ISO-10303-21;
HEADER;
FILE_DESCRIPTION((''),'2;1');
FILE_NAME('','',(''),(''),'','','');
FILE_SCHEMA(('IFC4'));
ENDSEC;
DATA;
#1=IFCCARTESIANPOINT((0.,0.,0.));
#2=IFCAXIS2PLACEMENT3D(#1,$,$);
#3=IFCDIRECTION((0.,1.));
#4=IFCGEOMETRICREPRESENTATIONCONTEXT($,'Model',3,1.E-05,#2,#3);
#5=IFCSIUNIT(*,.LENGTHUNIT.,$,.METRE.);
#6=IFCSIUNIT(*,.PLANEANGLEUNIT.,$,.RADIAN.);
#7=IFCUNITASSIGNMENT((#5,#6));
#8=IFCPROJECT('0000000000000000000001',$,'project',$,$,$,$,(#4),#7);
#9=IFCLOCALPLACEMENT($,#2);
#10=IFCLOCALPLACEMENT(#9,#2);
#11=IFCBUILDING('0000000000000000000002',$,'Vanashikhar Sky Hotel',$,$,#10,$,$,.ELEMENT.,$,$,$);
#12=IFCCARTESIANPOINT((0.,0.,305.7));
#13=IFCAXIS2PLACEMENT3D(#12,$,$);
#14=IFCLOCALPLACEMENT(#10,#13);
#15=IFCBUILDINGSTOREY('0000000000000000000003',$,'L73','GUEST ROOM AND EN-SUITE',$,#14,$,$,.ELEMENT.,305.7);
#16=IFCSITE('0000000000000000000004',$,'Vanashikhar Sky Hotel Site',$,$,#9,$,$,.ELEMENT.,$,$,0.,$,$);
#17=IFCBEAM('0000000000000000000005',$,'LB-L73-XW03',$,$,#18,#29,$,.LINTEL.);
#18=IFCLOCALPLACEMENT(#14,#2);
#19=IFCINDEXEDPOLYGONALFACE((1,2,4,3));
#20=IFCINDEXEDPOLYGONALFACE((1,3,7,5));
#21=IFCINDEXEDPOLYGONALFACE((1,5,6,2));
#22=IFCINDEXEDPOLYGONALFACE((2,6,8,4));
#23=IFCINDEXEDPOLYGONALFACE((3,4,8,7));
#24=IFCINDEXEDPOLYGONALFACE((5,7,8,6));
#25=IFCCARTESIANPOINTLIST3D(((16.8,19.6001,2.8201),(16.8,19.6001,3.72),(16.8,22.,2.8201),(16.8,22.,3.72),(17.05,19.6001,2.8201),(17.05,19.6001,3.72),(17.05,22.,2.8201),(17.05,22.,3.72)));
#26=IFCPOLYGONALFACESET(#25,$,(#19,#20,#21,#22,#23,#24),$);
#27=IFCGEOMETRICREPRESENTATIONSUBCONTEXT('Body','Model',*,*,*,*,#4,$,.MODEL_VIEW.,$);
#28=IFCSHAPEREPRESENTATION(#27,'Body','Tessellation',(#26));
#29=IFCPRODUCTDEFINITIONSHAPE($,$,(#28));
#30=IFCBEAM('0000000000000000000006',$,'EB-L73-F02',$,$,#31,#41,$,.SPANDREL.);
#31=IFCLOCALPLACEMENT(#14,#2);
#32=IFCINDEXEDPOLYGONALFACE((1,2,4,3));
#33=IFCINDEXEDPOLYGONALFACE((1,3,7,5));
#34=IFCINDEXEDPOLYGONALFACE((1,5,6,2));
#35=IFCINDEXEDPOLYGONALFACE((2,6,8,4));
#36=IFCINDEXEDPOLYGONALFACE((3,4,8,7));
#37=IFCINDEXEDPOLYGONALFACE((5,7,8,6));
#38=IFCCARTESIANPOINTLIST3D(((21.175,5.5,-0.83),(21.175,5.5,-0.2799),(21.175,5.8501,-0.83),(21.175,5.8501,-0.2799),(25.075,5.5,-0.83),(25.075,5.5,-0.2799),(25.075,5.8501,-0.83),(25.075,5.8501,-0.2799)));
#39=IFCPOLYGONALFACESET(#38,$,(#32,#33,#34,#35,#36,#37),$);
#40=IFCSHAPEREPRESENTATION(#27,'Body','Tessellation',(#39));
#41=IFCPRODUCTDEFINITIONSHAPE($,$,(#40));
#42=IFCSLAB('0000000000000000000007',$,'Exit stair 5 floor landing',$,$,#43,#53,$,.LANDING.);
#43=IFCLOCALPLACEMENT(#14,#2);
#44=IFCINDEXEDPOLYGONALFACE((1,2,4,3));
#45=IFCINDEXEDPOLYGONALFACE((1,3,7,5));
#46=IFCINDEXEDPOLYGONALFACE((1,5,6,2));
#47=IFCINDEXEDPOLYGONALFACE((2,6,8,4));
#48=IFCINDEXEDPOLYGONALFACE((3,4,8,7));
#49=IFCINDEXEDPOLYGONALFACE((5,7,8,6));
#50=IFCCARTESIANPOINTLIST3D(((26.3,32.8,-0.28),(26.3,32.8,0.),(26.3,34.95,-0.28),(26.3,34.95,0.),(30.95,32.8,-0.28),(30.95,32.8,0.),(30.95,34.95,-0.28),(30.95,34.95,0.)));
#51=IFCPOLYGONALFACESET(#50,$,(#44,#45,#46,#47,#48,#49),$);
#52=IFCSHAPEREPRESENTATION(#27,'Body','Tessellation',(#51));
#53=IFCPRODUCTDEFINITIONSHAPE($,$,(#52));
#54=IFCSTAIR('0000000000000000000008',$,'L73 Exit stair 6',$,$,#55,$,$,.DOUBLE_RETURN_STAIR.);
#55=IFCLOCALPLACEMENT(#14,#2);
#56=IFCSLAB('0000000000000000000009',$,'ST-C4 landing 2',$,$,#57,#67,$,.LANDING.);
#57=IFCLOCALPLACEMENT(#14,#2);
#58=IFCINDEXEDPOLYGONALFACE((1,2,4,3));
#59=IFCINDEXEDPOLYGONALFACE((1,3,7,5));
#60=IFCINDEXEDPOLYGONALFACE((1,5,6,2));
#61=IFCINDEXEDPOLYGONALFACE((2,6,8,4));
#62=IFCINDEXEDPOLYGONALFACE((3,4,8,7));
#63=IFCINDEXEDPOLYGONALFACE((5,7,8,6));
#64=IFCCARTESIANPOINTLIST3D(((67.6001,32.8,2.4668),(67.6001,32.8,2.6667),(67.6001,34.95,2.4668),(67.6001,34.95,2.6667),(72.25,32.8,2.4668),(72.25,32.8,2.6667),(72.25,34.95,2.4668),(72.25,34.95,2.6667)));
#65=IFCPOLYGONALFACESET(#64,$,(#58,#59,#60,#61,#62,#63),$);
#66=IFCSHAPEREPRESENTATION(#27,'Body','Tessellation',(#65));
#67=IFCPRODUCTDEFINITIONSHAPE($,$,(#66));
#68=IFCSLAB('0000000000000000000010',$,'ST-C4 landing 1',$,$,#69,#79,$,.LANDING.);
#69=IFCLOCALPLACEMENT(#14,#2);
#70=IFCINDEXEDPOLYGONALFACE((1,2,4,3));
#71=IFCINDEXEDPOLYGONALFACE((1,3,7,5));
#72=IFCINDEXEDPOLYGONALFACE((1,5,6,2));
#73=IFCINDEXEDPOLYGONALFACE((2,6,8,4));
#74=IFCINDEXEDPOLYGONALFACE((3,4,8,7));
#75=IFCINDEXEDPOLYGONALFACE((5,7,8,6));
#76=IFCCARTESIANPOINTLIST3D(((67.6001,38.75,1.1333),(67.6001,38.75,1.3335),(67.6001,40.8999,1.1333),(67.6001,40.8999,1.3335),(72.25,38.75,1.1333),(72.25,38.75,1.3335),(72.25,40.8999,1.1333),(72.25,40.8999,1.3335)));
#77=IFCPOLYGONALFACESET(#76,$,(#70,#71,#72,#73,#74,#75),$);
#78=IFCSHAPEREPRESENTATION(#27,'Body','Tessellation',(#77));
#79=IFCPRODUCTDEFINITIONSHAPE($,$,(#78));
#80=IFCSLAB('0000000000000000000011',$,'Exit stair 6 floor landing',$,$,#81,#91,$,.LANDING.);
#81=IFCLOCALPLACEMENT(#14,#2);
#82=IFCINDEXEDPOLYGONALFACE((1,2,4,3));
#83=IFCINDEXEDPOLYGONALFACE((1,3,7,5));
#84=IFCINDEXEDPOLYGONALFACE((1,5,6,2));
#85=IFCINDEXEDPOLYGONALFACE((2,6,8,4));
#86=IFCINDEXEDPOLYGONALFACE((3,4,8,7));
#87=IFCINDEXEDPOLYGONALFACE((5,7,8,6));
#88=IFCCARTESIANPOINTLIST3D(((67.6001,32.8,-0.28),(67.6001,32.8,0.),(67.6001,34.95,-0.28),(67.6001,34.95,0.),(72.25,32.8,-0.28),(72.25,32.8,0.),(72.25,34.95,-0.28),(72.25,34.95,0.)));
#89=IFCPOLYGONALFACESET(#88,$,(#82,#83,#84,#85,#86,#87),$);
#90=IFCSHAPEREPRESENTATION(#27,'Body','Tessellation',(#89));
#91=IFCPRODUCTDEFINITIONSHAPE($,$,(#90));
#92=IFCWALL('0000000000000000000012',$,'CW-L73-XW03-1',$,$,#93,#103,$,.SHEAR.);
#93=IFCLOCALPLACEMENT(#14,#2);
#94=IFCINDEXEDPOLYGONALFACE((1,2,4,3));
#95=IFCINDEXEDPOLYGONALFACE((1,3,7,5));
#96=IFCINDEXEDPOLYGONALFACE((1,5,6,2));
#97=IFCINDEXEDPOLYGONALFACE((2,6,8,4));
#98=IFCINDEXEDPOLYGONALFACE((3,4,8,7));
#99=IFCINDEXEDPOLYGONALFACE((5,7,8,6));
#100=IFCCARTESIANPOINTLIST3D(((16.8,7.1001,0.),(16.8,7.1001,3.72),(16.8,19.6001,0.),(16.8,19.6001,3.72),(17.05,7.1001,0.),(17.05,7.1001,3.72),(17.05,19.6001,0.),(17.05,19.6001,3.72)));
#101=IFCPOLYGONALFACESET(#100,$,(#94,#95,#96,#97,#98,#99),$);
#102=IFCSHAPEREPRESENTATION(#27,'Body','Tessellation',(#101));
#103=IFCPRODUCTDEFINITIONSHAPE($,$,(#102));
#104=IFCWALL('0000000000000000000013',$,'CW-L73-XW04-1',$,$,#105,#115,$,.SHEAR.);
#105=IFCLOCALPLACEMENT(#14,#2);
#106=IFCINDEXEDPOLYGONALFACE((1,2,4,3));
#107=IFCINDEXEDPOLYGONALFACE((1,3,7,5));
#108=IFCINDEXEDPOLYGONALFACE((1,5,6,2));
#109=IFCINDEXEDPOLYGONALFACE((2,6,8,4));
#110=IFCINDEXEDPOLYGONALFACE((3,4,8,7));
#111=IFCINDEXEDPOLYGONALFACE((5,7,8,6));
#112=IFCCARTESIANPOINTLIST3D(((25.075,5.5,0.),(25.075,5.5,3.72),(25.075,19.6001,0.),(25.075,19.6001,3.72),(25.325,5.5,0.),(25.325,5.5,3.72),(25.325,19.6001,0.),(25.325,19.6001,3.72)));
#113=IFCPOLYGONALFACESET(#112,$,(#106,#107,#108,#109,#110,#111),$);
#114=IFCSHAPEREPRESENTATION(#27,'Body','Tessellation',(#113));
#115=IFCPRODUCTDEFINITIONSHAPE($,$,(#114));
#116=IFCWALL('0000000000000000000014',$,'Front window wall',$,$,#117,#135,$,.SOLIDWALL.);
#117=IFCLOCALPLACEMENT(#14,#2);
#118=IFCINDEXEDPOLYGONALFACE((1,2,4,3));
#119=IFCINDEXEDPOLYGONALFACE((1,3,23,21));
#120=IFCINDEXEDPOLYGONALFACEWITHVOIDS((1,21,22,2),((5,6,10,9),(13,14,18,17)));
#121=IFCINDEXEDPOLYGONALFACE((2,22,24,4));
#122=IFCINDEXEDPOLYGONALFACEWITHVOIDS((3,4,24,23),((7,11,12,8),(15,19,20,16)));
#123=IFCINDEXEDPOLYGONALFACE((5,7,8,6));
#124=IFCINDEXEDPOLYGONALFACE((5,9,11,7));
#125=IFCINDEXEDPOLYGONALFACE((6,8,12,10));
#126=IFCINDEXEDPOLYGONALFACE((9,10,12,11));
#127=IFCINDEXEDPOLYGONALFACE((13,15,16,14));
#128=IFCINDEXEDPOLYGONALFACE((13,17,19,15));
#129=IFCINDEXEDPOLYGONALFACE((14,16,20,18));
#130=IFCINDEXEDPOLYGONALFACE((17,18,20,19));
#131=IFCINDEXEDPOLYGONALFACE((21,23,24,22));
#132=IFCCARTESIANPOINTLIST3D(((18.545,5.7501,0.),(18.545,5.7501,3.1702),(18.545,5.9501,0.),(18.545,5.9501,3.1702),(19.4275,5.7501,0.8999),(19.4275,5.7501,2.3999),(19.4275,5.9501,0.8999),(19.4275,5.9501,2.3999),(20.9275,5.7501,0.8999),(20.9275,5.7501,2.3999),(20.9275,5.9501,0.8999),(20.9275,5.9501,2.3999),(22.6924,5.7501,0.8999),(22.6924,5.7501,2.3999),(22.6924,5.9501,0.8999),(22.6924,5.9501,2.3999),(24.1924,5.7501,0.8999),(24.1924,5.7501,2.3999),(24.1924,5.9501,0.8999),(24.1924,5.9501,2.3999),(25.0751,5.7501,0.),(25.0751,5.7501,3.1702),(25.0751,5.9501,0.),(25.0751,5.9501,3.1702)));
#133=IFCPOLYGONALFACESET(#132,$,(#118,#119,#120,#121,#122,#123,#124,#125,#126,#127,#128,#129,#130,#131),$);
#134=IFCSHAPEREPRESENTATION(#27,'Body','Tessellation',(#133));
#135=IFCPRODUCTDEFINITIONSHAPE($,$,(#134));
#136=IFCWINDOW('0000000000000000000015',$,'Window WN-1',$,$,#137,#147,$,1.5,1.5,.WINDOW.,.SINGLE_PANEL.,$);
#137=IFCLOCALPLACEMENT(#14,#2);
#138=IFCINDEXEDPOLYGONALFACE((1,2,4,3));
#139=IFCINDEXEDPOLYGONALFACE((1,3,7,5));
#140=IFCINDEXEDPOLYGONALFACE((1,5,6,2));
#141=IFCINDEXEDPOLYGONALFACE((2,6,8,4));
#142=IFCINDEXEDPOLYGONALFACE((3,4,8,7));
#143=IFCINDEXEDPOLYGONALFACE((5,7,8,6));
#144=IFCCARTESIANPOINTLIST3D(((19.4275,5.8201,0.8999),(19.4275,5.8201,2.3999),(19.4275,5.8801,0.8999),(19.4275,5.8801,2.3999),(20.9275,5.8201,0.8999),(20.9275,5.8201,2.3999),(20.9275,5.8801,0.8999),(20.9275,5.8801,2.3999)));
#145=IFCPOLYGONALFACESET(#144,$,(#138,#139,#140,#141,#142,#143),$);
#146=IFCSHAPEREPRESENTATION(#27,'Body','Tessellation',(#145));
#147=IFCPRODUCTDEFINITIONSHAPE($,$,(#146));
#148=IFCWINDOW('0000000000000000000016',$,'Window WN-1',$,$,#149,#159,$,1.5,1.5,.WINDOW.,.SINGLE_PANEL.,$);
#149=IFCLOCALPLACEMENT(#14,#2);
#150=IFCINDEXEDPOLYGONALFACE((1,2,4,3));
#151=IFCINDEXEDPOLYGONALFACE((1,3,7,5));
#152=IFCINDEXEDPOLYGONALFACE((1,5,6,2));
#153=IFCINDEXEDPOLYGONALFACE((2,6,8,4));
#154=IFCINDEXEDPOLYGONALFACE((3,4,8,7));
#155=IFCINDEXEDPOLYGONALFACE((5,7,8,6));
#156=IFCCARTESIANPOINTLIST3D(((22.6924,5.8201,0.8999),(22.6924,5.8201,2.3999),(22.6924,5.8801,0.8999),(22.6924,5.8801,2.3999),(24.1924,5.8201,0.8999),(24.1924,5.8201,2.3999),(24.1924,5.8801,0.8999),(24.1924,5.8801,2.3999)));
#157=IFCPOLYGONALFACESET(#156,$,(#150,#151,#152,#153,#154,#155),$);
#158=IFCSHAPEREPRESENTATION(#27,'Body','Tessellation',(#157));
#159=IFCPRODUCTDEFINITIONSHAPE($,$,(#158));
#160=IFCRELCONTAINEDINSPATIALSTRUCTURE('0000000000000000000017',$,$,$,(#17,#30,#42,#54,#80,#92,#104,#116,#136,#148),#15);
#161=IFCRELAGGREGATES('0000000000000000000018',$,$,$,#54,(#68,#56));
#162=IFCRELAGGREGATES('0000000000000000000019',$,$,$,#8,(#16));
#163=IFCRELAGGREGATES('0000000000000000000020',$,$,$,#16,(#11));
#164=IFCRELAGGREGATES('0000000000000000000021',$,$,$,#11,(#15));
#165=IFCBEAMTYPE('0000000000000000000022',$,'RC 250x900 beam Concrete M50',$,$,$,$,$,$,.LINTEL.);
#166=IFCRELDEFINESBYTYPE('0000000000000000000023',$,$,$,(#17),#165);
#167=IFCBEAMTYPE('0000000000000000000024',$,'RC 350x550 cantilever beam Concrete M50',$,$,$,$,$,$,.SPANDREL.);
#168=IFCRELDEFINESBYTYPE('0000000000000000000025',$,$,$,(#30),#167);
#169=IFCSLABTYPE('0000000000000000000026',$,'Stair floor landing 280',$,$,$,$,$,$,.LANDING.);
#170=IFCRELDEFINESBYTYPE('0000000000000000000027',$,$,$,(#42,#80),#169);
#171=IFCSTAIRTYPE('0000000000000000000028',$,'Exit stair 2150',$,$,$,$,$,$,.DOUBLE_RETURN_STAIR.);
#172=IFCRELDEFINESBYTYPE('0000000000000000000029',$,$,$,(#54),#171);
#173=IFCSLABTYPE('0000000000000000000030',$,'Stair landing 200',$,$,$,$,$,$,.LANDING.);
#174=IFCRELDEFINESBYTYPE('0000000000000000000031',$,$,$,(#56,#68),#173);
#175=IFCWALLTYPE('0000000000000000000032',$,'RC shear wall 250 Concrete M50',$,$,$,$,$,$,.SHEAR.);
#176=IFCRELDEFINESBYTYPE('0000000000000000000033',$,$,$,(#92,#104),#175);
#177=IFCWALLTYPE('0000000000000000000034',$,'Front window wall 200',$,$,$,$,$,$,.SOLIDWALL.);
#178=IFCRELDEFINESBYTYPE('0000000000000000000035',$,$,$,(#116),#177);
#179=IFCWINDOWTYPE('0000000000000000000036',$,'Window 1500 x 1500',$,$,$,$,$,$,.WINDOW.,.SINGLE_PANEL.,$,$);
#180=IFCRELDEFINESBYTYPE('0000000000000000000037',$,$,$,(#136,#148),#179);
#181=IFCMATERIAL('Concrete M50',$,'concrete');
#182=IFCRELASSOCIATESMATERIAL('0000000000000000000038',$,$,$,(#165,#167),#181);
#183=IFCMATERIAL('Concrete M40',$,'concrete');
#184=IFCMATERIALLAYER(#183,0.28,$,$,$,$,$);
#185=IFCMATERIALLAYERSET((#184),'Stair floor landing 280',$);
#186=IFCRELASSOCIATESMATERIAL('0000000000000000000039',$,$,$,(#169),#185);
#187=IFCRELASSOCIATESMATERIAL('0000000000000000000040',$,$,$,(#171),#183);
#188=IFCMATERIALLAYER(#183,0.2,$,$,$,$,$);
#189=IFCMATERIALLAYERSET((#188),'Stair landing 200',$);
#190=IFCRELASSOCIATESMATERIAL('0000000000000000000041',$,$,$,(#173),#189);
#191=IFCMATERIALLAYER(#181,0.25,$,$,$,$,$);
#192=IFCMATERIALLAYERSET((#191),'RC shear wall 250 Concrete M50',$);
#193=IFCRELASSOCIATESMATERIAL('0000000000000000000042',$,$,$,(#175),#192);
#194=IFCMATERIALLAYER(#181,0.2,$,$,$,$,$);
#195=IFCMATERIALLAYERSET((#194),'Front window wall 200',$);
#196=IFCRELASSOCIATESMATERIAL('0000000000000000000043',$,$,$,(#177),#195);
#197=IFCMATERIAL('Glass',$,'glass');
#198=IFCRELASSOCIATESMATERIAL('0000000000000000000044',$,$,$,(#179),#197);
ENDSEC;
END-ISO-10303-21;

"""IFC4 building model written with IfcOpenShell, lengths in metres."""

from ifc_helpers import new_model, si_unit, direction, frame, frame_2d, origin, origin_2d, place, context, subcontext, project, spatial, polyline, rectangle, outline, extrude, source, transform, mapped, material, layer, layer_set, material_profile, profile_set, type_object, element, fill, aggregate, save


model = new_model("IFC4")

# Units and contexts
model_context = context("Model", 3, precision=1e-05, world=origin(), true_north=direction((0.0, 1.0)))
body_context = subcontext(model_context, "Body", "Model", "MODEL_VIEW")
ifc_project = project(units=[si_unit("LENGTHUNIT", "METRE"), si_unit("PLANEANGLEUNIT", "RADIAN")], contexts=[model_context])

# Site, building, storey
site_placement = place(None, origin())
site = spatial("IfcSite", under=ifc_project, at=site_placement, Name="Vanashikhar Sky Hotel Site", CompositionType="ELEMENT", RefElevation=0.0)
building_placement = place(site_placement, origin())
building = spatial("IfcBuilding", under=site, at=building_placement, Name="Vanashikhar Sky Hotel", CompositionType="ELEMENT")
storey_placement = place(building_placement, frame((0.0, 0.0, 305.7)))
storey = spatial("IfcBuildingStorey", under=building, at=storey_placement, Name="L73", Description="GUEST ROOM AND EN-SUITE", CompositionType="ELEMENT", Elevation=305.7)

# Beams
ifc_material_1 = material(Name="Concrete M50", Category="concrete")
ifc_material_profile_1 = material_profile(ifc_material_1, rectangle(XDim=0.25, YDim=0.8999, at=origin_2d()))
ifc_profile_set_1 = profile_set([ifc_material_profile_1], Name="RC 250x900 beam Concrete M50")
beam_type_1 = type_object("IfcBeamType", Name="RC 250x900 beam Concrete M50", PredefinedType="LINTEL", material=ifc_profile_set_1)
shared_shape_1 = source(origin(), body_context, "Body", "SweptSolid", [
    extrude(rectangle(XDim=0.25, YDim=0.8999, at=origin_2d()), origin(), (0.0, 0.0, 1.0), 2.3999),
])
beam_1_placement = place(storey_placement, frame((16.925, 19.6001, 3.27), z_axis=(0.0, 1.0, 0.0), x_axis=(-1.0, 0.0, 0.0)))
element("IfcBeam", 1, at=beam_1_placement, inside=storey, type_object=beam_type_1, Name="LB-L73-XW03", PredefinedType="LINTEL", context=body_context, shape_type="MappedRepresentation", body=[
    mapped(shared_shape_1, transform((0.0, 0.0, 0.0), scale=1.0)),
])
ifc_material_profile_2 = material_profile(ifc_material_1, rectangle(XDim=0.3501, YDim=0.55, at=origin_2d()))
ifc_profile_set_2 = profile_set([ifc_material_profile_2], Name="RC 350x550 cantilever beam Concrete M50")
beam_type_2 = type_object("IfcBeamType", Name="RC 350x550 cantilever beam Concrete M50", PredefinedType="SPANDREL", material=ifc_profile_set_2)
shared_shape_2 = source(origin(), body_context, "Body", "SweptSolid", [
    extrude(rectangle(XDim=0.3501, YDim=0.55, at=origin_2d()), origin(), (0.0, 0.0, 1.0), 3.8999),
])
beam_2_placement = place(storey_placement, frame((21.175, 5.675, -0.5549), z_axis=(1.0, 0.0, 0.0), x_axis=(0.0, 1.0, 0.0)))
element("IfcBeam", 2, at=beam_2_placement, inside=storey, type_object=beam_type_2, Name="EB-L73-F02", PredefinedType="SPANDREL", context=body_context, shape_type="MappedRepresentation", body=[
    mapped(shared_shape_2, transform((0.0, 0.0, 0.0), scale=1.0)),
])

# Slab
ifc_material_2 = material(Name="Concrete M40", Category="concrete")
ifc_layer_1 = layer(ifc_material_2, 0.28)
ifc_layer_set_1 = layer_set([ifc_layer_1], Name="Stair floor landing 280")
slab_type_1 = type_object("IfcSlabType", Name="Stair floor landing 280", PredefinedType="LANDING", material=ifc_layer_set_1)
shared_shape_3 = source(origin(), body_context, "Body", "SweptSolid", [
    extrude(outline(polyline([(30.95, 32.8), (30.95, 34.95), (26.3, 34.95), (26.3, 32.8), (30.95, 32.8)])), origin(), (0.0, 0.0, 1.0), 0.28),
])
slab_1_placement = place(storey_placement, frame((0.0, 0.0, -0.28)))
element("IfcSlab", 3, at=slab_1_placement, inside=storey, type_object=slab_type_1, Name="Exit stair 5 floor landing", PredefinedType="LANDING", context=body_context, shape_type="MappedRepresentation", body=[
    mapped(shared_shape_3, transform((0.0, 0.0, 0.0), scale=1.0)),
])

# Stair, slabs
stair_type = type_object("IfcStairType", Name="Exit stair 2150", PredefinedType="DOUBLE_RETURN_STAIR", material=ifc_material_2)
stair_placement = place(storey_placement, origin())
stair = element("IfcStair", 4, at=stair_placement, inside=storey, type_object=stair_type, Name="L73 Exit stair 6", PredefinedType="DOUBLE_RETURN_STAIR")
ifc_layer_2 = layer(ifc_material_2, 0.2)
ifc_layer_set_2 = layer_set([ifc_layer_2], Name="Stair landing 200")
slab_type_2 = type_object("IfcSlabType", Name="Stair landing 200", PredefinedType="LANDING", material=ifc_layer_set_2)
shared_shape_4 = source(origin(), body_context, "Body", "SweptSolid", [
    extrude(outline(polyline([(72.25, 32.8), (72.25, 34.95), (67.6001, 34.95), (67.6001, 32.8), (72.25, 32.8)])), origin(), (0.0, 0.0, 1.0), 0.2),
])
slab_2_placement = place(storey_placement, frame((0.0, 0.0, 2.4668)))
slab_2 = element("IfcSlab", 5, at=slab_2_placement, type_object=slab_type_2, Name="ST-C4 landing 2", PredefinedType="LANDING", context=body_context, shape_type="MappedRepresentation", body=[
    mapped(shared_shape_4, transform((0.0, 0.0, 0.0), scale=1.0)),
])
shared_shape_5 = source(origin(), body_context, "Body", "SweptSolid", [
    extrude(outline(polyline([(72.25, 38.75), (72.25, 40.8999), (67.6001, 40.8999), (67.6001, 38.75), (72.25, 38.75)])), origin(), (0.0, 0.0, 1.0), 0.2002),
])
slab_3_placement = place(storey_placement, frame((0.0, 0.0, 1.1333)))
slab_3 = element("IfcSlab", 6, at=slab_3_placement, type_object=slab_type_2, Name="ST-C4 landing 1", PredefinedType="LANDING", context=body_context, shape_type="MappedRepresentation", body=[
    mapped(shared_shape_5, transform((0.0, 0.0, 0.0), scale=1.0)),
])
aggregate(stair, [slab_3, slab_2])

# Slab
shared_shape_6 = source(origin(), body_context, "Body", "SweptSolid", [
    extrude(outline(polyline([(72.25, 32.8), (72.25, 34.95), (67.6001, 34.95), (67.6001, 32.8), (72.25, 32.8)])), origin(), (0.0, 0.0, 1.0), 0.28),
])
slab_4_placement = place(storey_placement, frame((0.0, 0.0, -0.28)))
element("IfcSlab", 7, at=slab_4_placement, inside=storey, type_object=slab_type_1, Name="Exit stair 6 floor landing", PredefinedType="LANDING", context=body_context, shape_type="MappedRepresentation", body=[
    mapped(shared_shape_6, transform((0.0, 0.0, 0.0), scale=1.0)),
])

# Walls
ifc_layer_3 = layer(ifc_material_1, 0.25)
ifc_layer_set_3 = layer_set([ifc_layer_3], Name="RC shear wall 250 Concrete M50")
wall_type_1 = type_object("IfcWallType", Name="RC shear wall 250 Concrete M50", PredefinedType="SHEAR", material=ifc_layer_set_3)
shared_shape_7 = source(origin(), body_context, "Body", "SweptSolid", [
    extrude(rectangle(XDim=12.5, YDim=0.25, at=frame_2d((6.25, 0.0))), origin(), (0.0, 0.0, 1.0), 3.72),
])
wall_1_placement = place(storey_placement, frame((16.925, 7.1001, 0.0), z_axis=(0.0, 0.0, 1.0), x_axis=(0.0, 1.0, 0.0)))
element("IfcWall", 8, at=wall_1_placement, inside=storey, type_object=wall_type_1, Name="CW-L73-XW03-1", PredefinedType="SHEAR", context=body_context, shape_type="MappedRepresentation", body=[
    mapped(shared_shape_7, transform((0.0, 0.0, 0.0), scale=1.0)),
])
shared_shape_8 = source(origin(), body_context, "Body", "SweptSolid", [
    extrude(rectangle(XDim=14.1001, YDim=0.25, at=frame_2d((7.05, 0.0))), origin(), (0.0, 0.0, 1.0), 3.72),
])
wall_2_placement = place(storey_placement, frame((25.2, 5.5, 0.0), z_axis=(0.0, 0.0, 1.0), x_axis=(0.0, 1.0, 0.0)))
element("IfcWall", 9, at=wall_2_placement, inside=storey, type_object=wall_type_1, Name="CW-L73-XW04-1", PredefinedType="SHEAR", context=body_context, shape_type="MappedRepresentation", body=[
    mapped(shared_shape_8, transform((0.0, 0.0, 0.0), scale=1.0)),
])

# Wall, openings, windows
ifc_layer_4 = layer(ifc_material_1, 0.2)
ifc_layer_set_4 = layer_set([ifc_layer_4], Name="Front window wall 200")
wall_type_2 = type_object("IfcWallType", Name="Front window wall 200", PredefinedType="SOLIDWALL", material=ifc_layer_set_4)
shared_shape_9 = source(origin(), body_context, "Body", "SweptSolid", [
    extrude(rectangle(XDim=6.53, YDim=0.2, at=frame_2d((3.2651, 0.0))), origin(), (0.0, 0.0, 1.0), 3.1702),
])
wall_3_placement = place(storey_placement, frame((18.5449, 5.8501, 0.0), z_axis=(0.0, 0.0, 1.0), x_axis=(1.0, 0.0, 0.0)))
wall_3 = element("IfcWall", 10, at=wall_3_placement, inside=storey, type_object=wall_type_2, Name="Front window wall", PredefinedType="SOLIDWALL", context=body_context, shape_type="MappedRepresentation", body=[
    mapped(shared_shape_9, transform((0.0, 0.0, 0.0), scale=1.0)),
])
shared_shape_10 = source(origin(), body_context, "Body", "SweptSolid", [
    extrude(rectangle(XDim=1.5, YDim=1.5, at=frame_2d((0.75, 0.75))), frame((0.0, 0.1099, 0.0), z_axis=(0.0, -1.0, 0.0), x_axis=(1.0, 0.0, 0.0)), (0.0, 0.0, 1.0), 0.22),
])
opening_1_placement = place(wall_3_placement, frame((0.8826, 0.0, 0.8999)))
opening_1 = element("IfcOpeningElement", 11, at=opening_1_placement, cuts=wall_3, PredefinedType="OPENING", context=body_context, shape_type="MappedRepresentation", body=[
    mapped(shared_shape_10, transform((0.0, 0.0, 0.0), scale=1.0)),
])
opening_2_placement = place(wall_3_placement, frame((4.1475, 0.0, 0.8999)))
opening_2 = element("IfcOpeningElement", 12, at=opening_2_placement, cuts=wall_3, PredefinedType="OPENING", context=body_context, shape_type="MappedRepresentation", body=[
    mapped(shared_shape_10, transform((0.0, 0.0, 0.0), scale=1.0)),
])
ifc_material_3 = material(Name="Glass", Category="glass")
window_type_1 = type_object("IfcWindowType", Name="Window 1500 x 1500", PartitioningType="SINGLE_PANEL", PredefinedType="WINDOW", material=ifc_material_3)
shared_shape_11 = source(origin(), body_context, "Body", "SweptSolid", [
    extrude(rectangle(XDim=1.5, YDim=1.5, at=frame_2d((0.75, 0.75))), frame((0.0, 0.03, 0.0), z_axis=(0.0, -1.0, 0.0), x_axis=(1.0, 0.0, 0.0)), (0.0, 0.0, 1.0), 0.0601),
])
window_1_placement = place(opening_1_placement, origin())
window_1 = element("IfcWindow", 13, at=window_1_placement, inside=storey, type_object=window_type_1, Name="Window WN-1", OverallHeight=1.5, OverallWidth=1.5, PartitioningType="SINGLE_PANEL", PredefinedType="WINDOW", context=body_context, shape_type="MappedRepresentation", body=[
    mapped(shared_shape_11, transform((0.0, 0.0, 0.0), scale=1.0)),
])
fill(opening_1, window_1)
window_2_placement = place(opening_2_placement, origin())
window_2 = element("IfcWindow", 14, at=window_2_placement, inside=storey, type_object=window_type_1, Name="Window WN-1", OverallHeight=1.5, OverallWidth=1.5, PartitioningType="SINGLE_PANEL", PredefinedType="WINDOW", context=body_context, shape_type="MappedRepresentation", body=[
    mapped(shared_shape_11, transform((0.0, 0.0, 0.0), scale=1.0)),
])
fill(opening_2, window_2)

save(model, "model.ifc")
